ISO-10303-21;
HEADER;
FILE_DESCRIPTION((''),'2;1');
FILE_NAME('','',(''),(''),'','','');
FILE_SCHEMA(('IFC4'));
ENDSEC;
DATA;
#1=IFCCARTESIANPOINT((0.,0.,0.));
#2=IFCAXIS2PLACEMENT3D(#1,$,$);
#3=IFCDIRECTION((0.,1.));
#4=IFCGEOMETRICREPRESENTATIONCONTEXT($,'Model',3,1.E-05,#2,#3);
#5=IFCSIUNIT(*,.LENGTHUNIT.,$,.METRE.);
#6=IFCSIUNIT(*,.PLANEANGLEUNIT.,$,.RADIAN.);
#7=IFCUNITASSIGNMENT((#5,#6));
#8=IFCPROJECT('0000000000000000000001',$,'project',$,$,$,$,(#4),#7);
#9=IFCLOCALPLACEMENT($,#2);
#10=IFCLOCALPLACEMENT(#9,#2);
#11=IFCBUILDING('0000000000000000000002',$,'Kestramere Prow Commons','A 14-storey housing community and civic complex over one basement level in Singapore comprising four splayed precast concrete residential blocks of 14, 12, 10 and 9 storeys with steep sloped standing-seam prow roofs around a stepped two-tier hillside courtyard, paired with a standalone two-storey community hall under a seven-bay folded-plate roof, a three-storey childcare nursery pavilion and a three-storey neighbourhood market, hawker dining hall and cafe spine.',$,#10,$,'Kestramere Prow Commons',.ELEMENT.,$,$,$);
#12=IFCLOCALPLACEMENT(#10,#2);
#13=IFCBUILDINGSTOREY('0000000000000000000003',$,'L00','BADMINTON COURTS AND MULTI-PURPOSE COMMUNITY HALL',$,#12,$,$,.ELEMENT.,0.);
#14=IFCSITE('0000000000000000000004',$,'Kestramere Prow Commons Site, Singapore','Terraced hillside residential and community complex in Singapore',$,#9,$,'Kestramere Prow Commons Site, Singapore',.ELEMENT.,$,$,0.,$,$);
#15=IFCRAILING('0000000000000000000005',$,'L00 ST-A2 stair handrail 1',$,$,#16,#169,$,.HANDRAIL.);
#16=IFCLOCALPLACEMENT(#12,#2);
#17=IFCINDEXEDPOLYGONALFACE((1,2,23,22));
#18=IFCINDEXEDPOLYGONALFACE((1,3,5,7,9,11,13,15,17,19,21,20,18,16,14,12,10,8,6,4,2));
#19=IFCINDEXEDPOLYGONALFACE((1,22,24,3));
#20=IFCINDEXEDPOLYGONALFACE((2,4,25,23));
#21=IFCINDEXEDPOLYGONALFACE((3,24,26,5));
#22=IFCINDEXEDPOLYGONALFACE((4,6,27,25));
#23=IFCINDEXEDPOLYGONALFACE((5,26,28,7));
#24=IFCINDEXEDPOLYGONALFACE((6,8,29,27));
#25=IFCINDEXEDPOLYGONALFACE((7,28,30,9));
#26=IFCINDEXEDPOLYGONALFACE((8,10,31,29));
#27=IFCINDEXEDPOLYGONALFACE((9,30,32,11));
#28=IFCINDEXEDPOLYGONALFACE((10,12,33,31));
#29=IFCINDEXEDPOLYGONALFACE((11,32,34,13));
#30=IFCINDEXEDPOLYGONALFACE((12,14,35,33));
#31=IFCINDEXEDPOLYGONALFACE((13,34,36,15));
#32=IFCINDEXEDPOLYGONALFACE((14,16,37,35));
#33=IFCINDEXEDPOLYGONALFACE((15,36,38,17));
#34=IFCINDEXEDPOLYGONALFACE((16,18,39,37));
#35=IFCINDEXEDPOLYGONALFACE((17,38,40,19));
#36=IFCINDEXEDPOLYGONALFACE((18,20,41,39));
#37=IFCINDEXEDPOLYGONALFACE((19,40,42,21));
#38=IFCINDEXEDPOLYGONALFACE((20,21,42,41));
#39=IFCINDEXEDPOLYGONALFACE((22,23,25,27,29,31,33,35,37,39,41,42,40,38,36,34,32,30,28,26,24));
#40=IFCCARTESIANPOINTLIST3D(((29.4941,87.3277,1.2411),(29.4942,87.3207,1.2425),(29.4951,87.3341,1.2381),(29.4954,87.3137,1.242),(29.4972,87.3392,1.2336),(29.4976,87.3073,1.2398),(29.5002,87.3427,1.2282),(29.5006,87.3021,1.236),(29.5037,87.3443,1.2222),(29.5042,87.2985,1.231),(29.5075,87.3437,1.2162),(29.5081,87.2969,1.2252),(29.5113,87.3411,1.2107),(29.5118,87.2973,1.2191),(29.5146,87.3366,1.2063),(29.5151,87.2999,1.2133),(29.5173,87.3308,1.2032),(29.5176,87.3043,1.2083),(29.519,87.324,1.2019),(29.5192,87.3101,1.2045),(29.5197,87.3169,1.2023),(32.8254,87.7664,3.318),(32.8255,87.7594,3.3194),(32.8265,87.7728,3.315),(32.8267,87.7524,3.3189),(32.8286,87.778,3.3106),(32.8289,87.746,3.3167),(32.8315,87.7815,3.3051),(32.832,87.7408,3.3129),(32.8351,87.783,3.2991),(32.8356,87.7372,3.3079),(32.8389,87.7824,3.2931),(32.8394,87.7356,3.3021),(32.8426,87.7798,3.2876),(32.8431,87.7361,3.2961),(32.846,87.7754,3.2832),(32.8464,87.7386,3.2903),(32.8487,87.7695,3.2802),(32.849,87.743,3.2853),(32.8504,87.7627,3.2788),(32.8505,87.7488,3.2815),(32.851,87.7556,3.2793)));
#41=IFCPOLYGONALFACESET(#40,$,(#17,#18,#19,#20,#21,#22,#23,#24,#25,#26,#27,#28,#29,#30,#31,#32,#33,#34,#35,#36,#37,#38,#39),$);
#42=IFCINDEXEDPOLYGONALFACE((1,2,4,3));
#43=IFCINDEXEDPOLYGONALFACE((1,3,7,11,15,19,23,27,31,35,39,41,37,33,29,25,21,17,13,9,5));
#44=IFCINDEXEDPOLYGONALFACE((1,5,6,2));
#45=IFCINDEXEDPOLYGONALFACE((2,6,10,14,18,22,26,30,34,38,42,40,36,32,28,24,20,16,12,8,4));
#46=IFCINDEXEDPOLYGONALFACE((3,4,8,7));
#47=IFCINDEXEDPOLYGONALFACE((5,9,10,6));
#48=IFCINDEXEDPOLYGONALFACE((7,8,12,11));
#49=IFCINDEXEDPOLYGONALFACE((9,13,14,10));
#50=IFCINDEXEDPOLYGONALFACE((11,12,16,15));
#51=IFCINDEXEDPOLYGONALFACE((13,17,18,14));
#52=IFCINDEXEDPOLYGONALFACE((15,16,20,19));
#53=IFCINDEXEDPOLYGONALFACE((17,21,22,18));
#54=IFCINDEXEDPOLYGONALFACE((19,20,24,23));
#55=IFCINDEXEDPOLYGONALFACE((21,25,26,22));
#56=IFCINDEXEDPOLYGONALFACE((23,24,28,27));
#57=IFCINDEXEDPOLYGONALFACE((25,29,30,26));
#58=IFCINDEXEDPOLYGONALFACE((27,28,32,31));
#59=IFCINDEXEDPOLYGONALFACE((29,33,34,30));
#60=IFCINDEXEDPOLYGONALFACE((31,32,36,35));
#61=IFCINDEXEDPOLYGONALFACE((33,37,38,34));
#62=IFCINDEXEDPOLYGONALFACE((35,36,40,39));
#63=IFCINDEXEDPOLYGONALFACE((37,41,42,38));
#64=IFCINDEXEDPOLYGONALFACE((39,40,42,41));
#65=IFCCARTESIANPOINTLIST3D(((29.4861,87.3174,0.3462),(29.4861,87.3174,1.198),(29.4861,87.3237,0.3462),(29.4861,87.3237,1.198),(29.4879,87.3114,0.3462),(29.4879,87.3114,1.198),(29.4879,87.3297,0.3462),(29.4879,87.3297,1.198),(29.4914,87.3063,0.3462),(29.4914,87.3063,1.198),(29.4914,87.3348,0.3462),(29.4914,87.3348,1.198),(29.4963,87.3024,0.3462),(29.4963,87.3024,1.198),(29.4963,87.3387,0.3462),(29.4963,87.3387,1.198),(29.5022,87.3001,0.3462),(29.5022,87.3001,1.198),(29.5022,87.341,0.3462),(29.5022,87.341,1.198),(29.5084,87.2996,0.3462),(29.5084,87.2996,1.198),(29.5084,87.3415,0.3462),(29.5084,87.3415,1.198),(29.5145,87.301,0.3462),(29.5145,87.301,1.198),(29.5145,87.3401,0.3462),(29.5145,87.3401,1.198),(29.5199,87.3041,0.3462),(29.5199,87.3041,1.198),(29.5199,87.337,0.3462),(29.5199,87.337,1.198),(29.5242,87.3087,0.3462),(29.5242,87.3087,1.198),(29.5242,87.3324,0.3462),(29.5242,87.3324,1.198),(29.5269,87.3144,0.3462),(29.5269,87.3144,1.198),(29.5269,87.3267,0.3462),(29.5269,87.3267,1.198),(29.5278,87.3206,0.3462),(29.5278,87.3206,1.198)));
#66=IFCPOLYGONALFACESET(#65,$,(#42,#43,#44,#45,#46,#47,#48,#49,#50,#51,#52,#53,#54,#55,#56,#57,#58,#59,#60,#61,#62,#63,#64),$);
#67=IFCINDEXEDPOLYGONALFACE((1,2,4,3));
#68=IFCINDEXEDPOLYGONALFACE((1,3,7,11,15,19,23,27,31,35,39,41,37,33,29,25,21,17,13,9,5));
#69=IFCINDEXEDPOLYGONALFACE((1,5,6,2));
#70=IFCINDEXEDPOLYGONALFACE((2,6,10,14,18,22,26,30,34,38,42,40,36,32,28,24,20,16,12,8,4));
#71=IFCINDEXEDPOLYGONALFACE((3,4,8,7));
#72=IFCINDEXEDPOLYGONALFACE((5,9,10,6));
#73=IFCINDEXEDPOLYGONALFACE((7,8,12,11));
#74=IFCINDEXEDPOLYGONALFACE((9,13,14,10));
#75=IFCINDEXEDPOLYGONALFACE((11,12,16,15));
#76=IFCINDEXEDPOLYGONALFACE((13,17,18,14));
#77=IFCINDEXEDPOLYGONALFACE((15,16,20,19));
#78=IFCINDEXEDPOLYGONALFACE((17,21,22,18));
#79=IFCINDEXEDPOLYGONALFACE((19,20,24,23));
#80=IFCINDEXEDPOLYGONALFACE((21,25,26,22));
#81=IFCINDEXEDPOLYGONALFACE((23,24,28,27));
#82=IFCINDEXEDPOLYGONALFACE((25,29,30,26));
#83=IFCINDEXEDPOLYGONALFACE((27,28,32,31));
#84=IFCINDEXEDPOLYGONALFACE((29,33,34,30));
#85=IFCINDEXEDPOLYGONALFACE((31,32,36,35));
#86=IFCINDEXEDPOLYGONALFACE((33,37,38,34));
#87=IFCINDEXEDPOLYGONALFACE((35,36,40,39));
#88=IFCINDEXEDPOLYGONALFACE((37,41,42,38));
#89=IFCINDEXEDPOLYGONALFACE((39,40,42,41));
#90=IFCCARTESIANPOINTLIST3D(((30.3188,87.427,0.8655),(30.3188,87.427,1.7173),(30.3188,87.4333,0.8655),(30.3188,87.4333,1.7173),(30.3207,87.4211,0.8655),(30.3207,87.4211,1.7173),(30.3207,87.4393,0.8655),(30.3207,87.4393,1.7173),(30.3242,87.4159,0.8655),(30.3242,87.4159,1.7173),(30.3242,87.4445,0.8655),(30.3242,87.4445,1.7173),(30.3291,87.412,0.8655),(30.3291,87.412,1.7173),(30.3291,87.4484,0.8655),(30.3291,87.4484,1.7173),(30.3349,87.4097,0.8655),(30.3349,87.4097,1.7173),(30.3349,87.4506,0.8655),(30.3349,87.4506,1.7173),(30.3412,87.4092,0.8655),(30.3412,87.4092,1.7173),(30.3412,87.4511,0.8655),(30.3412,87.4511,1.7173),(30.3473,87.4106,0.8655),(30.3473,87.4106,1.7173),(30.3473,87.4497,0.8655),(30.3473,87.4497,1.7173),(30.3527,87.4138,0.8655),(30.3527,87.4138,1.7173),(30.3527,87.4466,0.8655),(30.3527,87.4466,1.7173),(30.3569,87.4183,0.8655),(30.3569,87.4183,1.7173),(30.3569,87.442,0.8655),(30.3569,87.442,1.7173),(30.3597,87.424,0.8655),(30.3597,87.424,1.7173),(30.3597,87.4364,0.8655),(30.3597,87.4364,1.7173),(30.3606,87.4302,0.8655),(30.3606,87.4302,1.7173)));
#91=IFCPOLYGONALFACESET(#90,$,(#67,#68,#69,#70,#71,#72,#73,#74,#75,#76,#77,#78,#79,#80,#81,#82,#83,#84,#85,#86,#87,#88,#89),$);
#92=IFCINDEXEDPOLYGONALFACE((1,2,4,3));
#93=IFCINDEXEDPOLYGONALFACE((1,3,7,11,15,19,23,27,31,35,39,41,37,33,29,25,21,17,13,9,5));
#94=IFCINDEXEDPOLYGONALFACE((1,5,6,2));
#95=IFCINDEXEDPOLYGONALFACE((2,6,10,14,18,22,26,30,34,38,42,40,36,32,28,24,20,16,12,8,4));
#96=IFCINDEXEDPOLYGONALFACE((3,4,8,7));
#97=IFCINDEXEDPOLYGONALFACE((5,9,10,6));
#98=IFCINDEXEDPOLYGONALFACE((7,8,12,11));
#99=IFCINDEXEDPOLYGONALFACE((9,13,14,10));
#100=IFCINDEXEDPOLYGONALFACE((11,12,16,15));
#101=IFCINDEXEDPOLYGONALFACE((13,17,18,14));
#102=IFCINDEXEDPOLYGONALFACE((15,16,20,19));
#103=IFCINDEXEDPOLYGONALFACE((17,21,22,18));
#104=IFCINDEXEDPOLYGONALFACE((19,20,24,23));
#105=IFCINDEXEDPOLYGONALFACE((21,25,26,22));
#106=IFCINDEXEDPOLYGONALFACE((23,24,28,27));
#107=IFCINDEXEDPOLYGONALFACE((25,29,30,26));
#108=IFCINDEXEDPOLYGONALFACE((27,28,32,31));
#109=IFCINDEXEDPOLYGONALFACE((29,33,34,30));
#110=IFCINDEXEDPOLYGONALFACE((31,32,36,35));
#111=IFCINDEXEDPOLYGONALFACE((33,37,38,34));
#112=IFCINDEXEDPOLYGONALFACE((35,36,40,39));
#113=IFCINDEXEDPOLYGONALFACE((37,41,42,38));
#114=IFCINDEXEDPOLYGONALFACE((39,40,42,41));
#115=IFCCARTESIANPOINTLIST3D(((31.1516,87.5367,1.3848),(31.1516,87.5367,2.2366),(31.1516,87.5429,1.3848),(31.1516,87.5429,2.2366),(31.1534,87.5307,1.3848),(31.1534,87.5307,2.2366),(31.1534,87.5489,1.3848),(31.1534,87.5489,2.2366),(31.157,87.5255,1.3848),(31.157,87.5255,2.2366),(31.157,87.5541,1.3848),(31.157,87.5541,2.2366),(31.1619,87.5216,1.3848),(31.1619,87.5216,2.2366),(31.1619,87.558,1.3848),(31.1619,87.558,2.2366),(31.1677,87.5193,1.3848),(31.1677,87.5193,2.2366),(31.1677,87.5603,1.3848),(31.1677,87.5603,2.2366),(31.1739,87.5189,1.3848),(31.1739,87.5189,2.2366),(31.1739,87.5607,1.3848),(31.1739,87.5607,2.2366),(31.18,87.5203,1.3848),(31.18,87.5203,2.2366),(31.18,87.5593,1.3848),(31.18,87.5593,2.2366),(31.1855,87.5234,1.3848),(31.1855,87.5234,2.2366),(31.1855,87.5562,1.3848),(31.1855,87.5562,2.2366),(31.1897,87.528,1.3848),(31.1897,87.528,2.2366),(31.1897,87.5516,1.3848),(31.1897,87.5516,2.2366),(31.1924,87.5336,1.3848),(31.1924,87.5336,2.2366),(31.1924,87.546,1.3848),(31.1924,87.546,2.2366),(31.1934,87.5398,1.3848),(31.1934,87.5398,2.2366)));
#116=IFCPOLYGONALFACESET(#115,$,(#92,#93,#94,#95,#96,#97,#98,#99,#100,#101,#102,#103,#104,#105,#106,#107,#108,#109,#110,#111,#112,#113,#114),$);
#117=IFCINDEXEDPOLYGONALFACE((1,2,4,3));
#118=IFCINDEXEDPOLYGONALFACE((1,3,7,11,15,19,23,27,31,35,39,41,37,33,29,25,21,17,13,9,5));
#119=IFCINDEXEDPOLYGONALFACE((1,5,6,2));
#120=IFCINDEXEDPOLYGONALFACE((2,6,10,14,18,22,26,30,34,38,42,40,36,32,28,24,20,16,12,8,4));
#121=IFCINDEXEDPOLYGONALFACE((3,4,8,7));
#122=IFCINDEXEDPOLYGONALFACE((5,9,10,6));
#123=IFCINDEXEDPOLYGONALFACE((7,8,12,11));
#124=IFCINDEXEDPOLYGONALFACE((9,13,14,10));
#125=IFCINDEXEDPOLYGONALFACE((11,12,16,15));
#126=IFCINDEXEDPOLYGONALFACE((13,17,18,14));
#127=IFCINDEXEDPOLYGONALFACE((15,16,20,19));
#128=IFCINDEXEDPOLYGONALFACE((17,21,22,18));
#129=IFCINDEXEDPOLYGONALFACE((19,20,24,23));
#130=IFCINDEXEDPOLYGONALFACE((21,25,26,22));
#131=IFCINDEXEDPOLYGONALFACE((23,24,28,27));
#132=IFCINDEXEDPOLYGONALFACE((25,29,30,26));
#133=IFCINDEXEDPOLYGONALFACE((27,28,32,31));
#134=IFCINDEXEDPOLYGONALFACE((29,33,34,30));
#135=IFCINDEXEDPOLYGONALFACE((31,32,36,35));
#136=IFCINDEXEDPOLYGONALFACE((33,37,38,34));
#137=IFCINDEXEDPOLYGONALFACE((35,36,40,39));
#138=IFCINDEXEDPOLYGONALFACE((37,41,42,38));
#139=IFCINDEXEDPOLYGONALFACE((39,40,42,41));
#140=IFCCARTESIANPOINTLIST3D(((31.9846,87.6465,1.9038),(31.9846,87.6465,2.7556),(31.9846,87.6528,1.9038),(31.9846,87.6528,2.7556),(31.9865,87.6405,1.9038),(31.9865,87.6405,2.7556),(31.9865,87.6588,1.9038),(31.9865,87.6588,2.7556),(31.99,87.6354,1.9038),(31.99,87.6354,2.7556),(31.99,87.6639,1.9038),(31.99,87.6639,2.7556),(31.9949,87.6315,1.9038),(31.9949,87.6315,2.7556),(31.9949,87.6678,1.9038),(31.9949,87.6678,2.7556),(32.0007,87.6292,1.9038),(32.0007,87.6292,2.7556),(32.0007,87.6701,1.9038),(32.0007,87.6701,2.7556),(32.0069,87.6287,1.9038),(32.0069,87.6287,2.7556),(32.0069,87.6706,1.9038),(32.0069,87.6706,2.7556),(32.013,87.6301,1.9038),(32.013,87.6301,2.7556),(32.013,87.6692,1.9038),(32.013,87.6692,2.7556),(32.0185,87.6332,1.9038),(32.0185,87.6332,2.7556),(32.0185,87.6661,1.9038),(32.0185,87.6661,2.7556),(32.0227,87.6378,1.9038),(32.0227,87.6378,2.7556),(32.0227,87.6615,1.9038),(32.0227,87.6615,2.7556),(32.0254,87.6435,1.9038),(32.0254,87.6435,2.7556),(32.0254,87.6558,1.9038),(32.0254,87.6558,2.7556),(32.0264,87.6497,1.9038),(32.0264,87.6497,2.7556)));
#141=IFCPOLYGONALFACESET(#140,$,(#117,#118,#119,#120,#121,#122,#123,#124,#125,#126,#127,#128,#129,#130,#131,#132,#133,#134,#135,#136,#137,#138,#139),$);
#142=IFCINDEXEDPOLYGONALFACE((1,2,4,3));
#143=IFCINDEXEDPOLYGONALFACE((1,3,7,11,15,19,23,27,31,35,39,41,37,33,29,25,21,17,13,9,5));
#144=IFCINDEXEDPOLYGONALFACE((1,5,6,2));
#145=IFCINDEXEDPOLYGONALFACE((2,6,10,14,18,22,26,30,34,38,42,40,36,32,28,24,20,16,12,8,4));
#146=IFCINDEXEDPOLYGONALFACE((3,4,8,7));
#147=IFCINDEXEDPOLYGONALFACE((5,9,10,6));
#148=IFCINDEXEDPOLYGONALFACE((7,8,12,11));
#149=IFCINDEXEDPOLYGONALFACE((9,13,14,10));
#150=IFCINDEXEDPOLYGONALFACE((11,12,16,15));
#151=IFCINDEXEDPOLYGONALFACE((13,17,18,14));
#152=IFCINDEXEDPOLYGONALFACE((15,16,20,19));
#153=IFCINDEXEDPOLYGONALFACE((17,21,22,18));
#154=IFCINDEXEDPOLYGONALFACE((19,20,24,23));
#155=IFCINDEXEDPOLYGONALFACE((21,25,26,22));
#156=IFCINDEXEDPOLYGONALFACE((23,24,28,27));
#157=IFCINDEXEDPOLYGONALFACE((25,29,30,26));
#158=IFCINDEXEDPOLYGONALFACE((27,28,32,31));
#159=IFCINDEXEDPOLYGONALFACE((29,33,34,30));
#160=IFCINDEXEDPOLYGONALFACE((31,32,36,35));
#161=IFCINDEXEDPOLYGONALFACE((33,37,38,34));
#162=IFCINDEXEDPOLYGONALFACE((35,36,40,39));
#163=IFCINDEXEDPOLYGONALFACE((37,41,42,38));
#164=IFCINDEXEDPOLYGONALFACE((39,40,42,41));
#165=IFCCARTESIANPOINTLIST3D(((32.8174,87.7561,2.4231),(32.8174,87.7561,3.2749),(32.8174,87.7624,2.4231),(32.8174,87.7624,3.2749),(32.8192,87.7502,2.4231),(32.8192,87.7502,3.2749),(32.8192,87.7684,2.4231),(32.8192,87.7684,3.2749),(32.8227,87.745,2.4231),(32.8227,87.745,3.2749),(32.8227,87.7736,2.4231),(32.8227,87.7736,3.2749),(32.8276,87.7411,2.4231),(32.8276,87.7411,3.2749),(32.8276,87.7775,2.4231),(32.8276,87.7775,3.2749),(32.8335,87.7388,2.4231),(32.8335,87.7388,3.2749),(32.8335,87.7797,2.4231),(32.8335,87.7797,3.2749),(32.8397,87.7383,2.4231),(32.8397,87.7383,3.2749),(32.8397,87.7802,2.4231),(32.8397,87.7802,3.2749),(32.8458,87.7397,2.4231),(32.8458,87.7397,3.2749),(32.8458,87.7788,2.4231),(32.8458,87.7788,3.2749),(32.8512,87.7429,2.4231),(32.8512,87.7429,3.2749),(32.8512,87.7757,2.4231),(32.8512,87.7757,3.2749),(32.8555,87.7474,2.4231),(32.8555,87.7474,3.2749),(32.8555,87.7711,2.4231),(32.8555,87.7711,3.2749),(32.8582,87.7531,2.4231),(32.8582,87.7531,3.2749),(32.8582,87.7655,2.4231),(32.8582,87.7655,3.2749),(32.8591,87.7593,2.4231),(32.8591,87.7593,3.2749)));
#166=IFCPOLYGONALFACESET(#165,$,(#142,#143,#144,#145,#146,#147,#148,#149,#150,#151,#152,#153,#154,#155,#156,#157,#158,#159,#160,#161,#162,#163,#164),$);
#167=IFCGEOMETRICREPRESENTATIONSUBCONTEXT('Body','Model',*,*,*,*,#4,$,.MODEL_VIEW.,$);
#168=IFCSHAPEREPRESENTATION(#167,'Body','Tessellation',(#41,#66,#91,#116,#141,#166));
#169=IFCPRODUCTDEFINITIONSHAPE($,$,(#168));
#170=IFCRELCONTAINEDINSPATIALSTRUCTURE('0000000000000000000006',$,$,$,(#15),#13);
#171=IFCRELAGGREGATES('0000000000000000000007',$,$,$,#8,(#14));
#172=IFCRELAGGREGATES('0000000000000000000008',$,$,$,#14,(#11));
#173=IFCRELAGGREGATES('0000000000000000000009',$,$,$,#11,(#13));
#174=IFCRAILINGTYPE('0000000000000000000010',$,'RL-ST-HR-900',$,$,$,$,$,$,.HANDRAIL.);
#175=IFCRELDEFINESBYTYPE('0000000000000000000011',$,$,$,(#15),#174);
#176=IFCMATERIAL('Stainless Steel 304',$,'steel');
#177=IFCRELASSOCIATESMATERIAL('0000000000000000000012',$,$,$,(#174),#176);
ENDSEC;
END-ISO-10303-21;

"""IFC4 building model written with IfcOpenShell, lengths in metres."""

from ifc_helpers import new_model, si_unit, direction, frame, origin, origin_2d, place, context, subcontext, project, spatial, circle, extrude, material, type_object, element, save


model = new_model("IFC4")

# Units and contexts
model_context = context("Model", 3, precision=1e-05, world=origin(), true_north=direction((0.0, 1.0)))
body_context = subcontext(model_context, "Body", "Model", "MODEL_VIEW")
ifc_project = project(units=[si_unit("LENGTHUNIT", "METRE"), si_unit("PLANEANGLEUNIT", "RADIAN")], contexts=[model_context])

# Site, building, storey
site_placement = place(None, origin())
site = spatial("IfcSite", under=ifc_project, at=site_placement, Name="Kestramere Prow Commons Site, Singapore", Description="Terraced hillside residential and community complex in Singapore", LongName="Kestramere Prow Commons Site, Singapore", CompositionType="ELEMENT", RefElevation=0.0)
building_placement = place(site_placement, origin())
building = spatial("IfcBuilding", under=site, at=building_placement, Name="Kestramere Prow Commons", Description="A 14-storey housing community and civic complex over one basement level in Singapore comprising four splayed precast concrete residential blocks of 14, 12, 10 and 9 storeys with steep sloped standing-seam prow roofs around a stepped two-tier hillside courtyard, paired with a standalone two-storey community hall under a seven-bay folded-plate roof, a three-storey childcare nursery pavilion and a three-storey neighbourhood market, hawker dining hall and cafe spine.", LongName="Kestramere Prow Commons", CompositionType="ELEMENT")
storey_placement = place(building_placement, origin())
storey = spatial("IfcBuildingStorey", under=building, at=storey_placement, Name="L00", Description="BADMINTON COURTS AND MULTI-PURPOSE COMMUNITY HALL", CompositionType="ELEMENT", Elevation=0.0)

# Railing
ifc_material_1 = material(Name="Stainless Steel 304", Category="steel")
railing_type = type_object("IfcRailingType", Name="RL-ST-HR-900", PredefinedType="HANDRAIL", material=ifc_material_1)
for number, where, name in (
    (1, (29.5068, 87.3206, 0.3462), "L00 ST-A2 stair handrail 1"),
):
    element("IfcRailing", number, at=place(storey_placement, frame(where)), inside=storey, type_object=railing_type, Name=name, PredefinedType="HANDRAIL", context=body_context, shape_type="SweptSolid", body=[
        extrude(circle(Radius=0.0239, at=origin_2d()), frame((0.0, 0.0, 0.876), z_axis=(0.843338, 0.111065, 0.525781), x_axis=(-0.130569, 0.991439, 0.0)), (0.0, 0.0, 1.0), 3.9502),
        extrude(circle(Radius=0.021, at=origin_2d()), origin(), (0.0, 0.0, 1.0), 0.8518),
        extrude(circle(Radius=0.021, at=origin_2d()), frame((0.8328, 0.1096, 0.5193)), (0.0, 0.0, 1.0), 0.8518),
        extrude(circle(Radius=0.021, at=origin_2d()), frame((1.6655, 0.2192, 1.0386)), (0.0, 0.0, 1.0), 0.8518),
        extrude(circle(Radius=0.021, at=origin_2d()), frame((2.4985, 0.3291, 1.5576)), (0.0, 0.0, 1.0), 0.8518),
        extrude(circle(Radius=0.021, at=origin_2d()), frame((3.3313, 0.4387, 2.0769)), (0.0, 0.0, 1.0), 0.8518),
    ])

save(model, "model.ifc")
